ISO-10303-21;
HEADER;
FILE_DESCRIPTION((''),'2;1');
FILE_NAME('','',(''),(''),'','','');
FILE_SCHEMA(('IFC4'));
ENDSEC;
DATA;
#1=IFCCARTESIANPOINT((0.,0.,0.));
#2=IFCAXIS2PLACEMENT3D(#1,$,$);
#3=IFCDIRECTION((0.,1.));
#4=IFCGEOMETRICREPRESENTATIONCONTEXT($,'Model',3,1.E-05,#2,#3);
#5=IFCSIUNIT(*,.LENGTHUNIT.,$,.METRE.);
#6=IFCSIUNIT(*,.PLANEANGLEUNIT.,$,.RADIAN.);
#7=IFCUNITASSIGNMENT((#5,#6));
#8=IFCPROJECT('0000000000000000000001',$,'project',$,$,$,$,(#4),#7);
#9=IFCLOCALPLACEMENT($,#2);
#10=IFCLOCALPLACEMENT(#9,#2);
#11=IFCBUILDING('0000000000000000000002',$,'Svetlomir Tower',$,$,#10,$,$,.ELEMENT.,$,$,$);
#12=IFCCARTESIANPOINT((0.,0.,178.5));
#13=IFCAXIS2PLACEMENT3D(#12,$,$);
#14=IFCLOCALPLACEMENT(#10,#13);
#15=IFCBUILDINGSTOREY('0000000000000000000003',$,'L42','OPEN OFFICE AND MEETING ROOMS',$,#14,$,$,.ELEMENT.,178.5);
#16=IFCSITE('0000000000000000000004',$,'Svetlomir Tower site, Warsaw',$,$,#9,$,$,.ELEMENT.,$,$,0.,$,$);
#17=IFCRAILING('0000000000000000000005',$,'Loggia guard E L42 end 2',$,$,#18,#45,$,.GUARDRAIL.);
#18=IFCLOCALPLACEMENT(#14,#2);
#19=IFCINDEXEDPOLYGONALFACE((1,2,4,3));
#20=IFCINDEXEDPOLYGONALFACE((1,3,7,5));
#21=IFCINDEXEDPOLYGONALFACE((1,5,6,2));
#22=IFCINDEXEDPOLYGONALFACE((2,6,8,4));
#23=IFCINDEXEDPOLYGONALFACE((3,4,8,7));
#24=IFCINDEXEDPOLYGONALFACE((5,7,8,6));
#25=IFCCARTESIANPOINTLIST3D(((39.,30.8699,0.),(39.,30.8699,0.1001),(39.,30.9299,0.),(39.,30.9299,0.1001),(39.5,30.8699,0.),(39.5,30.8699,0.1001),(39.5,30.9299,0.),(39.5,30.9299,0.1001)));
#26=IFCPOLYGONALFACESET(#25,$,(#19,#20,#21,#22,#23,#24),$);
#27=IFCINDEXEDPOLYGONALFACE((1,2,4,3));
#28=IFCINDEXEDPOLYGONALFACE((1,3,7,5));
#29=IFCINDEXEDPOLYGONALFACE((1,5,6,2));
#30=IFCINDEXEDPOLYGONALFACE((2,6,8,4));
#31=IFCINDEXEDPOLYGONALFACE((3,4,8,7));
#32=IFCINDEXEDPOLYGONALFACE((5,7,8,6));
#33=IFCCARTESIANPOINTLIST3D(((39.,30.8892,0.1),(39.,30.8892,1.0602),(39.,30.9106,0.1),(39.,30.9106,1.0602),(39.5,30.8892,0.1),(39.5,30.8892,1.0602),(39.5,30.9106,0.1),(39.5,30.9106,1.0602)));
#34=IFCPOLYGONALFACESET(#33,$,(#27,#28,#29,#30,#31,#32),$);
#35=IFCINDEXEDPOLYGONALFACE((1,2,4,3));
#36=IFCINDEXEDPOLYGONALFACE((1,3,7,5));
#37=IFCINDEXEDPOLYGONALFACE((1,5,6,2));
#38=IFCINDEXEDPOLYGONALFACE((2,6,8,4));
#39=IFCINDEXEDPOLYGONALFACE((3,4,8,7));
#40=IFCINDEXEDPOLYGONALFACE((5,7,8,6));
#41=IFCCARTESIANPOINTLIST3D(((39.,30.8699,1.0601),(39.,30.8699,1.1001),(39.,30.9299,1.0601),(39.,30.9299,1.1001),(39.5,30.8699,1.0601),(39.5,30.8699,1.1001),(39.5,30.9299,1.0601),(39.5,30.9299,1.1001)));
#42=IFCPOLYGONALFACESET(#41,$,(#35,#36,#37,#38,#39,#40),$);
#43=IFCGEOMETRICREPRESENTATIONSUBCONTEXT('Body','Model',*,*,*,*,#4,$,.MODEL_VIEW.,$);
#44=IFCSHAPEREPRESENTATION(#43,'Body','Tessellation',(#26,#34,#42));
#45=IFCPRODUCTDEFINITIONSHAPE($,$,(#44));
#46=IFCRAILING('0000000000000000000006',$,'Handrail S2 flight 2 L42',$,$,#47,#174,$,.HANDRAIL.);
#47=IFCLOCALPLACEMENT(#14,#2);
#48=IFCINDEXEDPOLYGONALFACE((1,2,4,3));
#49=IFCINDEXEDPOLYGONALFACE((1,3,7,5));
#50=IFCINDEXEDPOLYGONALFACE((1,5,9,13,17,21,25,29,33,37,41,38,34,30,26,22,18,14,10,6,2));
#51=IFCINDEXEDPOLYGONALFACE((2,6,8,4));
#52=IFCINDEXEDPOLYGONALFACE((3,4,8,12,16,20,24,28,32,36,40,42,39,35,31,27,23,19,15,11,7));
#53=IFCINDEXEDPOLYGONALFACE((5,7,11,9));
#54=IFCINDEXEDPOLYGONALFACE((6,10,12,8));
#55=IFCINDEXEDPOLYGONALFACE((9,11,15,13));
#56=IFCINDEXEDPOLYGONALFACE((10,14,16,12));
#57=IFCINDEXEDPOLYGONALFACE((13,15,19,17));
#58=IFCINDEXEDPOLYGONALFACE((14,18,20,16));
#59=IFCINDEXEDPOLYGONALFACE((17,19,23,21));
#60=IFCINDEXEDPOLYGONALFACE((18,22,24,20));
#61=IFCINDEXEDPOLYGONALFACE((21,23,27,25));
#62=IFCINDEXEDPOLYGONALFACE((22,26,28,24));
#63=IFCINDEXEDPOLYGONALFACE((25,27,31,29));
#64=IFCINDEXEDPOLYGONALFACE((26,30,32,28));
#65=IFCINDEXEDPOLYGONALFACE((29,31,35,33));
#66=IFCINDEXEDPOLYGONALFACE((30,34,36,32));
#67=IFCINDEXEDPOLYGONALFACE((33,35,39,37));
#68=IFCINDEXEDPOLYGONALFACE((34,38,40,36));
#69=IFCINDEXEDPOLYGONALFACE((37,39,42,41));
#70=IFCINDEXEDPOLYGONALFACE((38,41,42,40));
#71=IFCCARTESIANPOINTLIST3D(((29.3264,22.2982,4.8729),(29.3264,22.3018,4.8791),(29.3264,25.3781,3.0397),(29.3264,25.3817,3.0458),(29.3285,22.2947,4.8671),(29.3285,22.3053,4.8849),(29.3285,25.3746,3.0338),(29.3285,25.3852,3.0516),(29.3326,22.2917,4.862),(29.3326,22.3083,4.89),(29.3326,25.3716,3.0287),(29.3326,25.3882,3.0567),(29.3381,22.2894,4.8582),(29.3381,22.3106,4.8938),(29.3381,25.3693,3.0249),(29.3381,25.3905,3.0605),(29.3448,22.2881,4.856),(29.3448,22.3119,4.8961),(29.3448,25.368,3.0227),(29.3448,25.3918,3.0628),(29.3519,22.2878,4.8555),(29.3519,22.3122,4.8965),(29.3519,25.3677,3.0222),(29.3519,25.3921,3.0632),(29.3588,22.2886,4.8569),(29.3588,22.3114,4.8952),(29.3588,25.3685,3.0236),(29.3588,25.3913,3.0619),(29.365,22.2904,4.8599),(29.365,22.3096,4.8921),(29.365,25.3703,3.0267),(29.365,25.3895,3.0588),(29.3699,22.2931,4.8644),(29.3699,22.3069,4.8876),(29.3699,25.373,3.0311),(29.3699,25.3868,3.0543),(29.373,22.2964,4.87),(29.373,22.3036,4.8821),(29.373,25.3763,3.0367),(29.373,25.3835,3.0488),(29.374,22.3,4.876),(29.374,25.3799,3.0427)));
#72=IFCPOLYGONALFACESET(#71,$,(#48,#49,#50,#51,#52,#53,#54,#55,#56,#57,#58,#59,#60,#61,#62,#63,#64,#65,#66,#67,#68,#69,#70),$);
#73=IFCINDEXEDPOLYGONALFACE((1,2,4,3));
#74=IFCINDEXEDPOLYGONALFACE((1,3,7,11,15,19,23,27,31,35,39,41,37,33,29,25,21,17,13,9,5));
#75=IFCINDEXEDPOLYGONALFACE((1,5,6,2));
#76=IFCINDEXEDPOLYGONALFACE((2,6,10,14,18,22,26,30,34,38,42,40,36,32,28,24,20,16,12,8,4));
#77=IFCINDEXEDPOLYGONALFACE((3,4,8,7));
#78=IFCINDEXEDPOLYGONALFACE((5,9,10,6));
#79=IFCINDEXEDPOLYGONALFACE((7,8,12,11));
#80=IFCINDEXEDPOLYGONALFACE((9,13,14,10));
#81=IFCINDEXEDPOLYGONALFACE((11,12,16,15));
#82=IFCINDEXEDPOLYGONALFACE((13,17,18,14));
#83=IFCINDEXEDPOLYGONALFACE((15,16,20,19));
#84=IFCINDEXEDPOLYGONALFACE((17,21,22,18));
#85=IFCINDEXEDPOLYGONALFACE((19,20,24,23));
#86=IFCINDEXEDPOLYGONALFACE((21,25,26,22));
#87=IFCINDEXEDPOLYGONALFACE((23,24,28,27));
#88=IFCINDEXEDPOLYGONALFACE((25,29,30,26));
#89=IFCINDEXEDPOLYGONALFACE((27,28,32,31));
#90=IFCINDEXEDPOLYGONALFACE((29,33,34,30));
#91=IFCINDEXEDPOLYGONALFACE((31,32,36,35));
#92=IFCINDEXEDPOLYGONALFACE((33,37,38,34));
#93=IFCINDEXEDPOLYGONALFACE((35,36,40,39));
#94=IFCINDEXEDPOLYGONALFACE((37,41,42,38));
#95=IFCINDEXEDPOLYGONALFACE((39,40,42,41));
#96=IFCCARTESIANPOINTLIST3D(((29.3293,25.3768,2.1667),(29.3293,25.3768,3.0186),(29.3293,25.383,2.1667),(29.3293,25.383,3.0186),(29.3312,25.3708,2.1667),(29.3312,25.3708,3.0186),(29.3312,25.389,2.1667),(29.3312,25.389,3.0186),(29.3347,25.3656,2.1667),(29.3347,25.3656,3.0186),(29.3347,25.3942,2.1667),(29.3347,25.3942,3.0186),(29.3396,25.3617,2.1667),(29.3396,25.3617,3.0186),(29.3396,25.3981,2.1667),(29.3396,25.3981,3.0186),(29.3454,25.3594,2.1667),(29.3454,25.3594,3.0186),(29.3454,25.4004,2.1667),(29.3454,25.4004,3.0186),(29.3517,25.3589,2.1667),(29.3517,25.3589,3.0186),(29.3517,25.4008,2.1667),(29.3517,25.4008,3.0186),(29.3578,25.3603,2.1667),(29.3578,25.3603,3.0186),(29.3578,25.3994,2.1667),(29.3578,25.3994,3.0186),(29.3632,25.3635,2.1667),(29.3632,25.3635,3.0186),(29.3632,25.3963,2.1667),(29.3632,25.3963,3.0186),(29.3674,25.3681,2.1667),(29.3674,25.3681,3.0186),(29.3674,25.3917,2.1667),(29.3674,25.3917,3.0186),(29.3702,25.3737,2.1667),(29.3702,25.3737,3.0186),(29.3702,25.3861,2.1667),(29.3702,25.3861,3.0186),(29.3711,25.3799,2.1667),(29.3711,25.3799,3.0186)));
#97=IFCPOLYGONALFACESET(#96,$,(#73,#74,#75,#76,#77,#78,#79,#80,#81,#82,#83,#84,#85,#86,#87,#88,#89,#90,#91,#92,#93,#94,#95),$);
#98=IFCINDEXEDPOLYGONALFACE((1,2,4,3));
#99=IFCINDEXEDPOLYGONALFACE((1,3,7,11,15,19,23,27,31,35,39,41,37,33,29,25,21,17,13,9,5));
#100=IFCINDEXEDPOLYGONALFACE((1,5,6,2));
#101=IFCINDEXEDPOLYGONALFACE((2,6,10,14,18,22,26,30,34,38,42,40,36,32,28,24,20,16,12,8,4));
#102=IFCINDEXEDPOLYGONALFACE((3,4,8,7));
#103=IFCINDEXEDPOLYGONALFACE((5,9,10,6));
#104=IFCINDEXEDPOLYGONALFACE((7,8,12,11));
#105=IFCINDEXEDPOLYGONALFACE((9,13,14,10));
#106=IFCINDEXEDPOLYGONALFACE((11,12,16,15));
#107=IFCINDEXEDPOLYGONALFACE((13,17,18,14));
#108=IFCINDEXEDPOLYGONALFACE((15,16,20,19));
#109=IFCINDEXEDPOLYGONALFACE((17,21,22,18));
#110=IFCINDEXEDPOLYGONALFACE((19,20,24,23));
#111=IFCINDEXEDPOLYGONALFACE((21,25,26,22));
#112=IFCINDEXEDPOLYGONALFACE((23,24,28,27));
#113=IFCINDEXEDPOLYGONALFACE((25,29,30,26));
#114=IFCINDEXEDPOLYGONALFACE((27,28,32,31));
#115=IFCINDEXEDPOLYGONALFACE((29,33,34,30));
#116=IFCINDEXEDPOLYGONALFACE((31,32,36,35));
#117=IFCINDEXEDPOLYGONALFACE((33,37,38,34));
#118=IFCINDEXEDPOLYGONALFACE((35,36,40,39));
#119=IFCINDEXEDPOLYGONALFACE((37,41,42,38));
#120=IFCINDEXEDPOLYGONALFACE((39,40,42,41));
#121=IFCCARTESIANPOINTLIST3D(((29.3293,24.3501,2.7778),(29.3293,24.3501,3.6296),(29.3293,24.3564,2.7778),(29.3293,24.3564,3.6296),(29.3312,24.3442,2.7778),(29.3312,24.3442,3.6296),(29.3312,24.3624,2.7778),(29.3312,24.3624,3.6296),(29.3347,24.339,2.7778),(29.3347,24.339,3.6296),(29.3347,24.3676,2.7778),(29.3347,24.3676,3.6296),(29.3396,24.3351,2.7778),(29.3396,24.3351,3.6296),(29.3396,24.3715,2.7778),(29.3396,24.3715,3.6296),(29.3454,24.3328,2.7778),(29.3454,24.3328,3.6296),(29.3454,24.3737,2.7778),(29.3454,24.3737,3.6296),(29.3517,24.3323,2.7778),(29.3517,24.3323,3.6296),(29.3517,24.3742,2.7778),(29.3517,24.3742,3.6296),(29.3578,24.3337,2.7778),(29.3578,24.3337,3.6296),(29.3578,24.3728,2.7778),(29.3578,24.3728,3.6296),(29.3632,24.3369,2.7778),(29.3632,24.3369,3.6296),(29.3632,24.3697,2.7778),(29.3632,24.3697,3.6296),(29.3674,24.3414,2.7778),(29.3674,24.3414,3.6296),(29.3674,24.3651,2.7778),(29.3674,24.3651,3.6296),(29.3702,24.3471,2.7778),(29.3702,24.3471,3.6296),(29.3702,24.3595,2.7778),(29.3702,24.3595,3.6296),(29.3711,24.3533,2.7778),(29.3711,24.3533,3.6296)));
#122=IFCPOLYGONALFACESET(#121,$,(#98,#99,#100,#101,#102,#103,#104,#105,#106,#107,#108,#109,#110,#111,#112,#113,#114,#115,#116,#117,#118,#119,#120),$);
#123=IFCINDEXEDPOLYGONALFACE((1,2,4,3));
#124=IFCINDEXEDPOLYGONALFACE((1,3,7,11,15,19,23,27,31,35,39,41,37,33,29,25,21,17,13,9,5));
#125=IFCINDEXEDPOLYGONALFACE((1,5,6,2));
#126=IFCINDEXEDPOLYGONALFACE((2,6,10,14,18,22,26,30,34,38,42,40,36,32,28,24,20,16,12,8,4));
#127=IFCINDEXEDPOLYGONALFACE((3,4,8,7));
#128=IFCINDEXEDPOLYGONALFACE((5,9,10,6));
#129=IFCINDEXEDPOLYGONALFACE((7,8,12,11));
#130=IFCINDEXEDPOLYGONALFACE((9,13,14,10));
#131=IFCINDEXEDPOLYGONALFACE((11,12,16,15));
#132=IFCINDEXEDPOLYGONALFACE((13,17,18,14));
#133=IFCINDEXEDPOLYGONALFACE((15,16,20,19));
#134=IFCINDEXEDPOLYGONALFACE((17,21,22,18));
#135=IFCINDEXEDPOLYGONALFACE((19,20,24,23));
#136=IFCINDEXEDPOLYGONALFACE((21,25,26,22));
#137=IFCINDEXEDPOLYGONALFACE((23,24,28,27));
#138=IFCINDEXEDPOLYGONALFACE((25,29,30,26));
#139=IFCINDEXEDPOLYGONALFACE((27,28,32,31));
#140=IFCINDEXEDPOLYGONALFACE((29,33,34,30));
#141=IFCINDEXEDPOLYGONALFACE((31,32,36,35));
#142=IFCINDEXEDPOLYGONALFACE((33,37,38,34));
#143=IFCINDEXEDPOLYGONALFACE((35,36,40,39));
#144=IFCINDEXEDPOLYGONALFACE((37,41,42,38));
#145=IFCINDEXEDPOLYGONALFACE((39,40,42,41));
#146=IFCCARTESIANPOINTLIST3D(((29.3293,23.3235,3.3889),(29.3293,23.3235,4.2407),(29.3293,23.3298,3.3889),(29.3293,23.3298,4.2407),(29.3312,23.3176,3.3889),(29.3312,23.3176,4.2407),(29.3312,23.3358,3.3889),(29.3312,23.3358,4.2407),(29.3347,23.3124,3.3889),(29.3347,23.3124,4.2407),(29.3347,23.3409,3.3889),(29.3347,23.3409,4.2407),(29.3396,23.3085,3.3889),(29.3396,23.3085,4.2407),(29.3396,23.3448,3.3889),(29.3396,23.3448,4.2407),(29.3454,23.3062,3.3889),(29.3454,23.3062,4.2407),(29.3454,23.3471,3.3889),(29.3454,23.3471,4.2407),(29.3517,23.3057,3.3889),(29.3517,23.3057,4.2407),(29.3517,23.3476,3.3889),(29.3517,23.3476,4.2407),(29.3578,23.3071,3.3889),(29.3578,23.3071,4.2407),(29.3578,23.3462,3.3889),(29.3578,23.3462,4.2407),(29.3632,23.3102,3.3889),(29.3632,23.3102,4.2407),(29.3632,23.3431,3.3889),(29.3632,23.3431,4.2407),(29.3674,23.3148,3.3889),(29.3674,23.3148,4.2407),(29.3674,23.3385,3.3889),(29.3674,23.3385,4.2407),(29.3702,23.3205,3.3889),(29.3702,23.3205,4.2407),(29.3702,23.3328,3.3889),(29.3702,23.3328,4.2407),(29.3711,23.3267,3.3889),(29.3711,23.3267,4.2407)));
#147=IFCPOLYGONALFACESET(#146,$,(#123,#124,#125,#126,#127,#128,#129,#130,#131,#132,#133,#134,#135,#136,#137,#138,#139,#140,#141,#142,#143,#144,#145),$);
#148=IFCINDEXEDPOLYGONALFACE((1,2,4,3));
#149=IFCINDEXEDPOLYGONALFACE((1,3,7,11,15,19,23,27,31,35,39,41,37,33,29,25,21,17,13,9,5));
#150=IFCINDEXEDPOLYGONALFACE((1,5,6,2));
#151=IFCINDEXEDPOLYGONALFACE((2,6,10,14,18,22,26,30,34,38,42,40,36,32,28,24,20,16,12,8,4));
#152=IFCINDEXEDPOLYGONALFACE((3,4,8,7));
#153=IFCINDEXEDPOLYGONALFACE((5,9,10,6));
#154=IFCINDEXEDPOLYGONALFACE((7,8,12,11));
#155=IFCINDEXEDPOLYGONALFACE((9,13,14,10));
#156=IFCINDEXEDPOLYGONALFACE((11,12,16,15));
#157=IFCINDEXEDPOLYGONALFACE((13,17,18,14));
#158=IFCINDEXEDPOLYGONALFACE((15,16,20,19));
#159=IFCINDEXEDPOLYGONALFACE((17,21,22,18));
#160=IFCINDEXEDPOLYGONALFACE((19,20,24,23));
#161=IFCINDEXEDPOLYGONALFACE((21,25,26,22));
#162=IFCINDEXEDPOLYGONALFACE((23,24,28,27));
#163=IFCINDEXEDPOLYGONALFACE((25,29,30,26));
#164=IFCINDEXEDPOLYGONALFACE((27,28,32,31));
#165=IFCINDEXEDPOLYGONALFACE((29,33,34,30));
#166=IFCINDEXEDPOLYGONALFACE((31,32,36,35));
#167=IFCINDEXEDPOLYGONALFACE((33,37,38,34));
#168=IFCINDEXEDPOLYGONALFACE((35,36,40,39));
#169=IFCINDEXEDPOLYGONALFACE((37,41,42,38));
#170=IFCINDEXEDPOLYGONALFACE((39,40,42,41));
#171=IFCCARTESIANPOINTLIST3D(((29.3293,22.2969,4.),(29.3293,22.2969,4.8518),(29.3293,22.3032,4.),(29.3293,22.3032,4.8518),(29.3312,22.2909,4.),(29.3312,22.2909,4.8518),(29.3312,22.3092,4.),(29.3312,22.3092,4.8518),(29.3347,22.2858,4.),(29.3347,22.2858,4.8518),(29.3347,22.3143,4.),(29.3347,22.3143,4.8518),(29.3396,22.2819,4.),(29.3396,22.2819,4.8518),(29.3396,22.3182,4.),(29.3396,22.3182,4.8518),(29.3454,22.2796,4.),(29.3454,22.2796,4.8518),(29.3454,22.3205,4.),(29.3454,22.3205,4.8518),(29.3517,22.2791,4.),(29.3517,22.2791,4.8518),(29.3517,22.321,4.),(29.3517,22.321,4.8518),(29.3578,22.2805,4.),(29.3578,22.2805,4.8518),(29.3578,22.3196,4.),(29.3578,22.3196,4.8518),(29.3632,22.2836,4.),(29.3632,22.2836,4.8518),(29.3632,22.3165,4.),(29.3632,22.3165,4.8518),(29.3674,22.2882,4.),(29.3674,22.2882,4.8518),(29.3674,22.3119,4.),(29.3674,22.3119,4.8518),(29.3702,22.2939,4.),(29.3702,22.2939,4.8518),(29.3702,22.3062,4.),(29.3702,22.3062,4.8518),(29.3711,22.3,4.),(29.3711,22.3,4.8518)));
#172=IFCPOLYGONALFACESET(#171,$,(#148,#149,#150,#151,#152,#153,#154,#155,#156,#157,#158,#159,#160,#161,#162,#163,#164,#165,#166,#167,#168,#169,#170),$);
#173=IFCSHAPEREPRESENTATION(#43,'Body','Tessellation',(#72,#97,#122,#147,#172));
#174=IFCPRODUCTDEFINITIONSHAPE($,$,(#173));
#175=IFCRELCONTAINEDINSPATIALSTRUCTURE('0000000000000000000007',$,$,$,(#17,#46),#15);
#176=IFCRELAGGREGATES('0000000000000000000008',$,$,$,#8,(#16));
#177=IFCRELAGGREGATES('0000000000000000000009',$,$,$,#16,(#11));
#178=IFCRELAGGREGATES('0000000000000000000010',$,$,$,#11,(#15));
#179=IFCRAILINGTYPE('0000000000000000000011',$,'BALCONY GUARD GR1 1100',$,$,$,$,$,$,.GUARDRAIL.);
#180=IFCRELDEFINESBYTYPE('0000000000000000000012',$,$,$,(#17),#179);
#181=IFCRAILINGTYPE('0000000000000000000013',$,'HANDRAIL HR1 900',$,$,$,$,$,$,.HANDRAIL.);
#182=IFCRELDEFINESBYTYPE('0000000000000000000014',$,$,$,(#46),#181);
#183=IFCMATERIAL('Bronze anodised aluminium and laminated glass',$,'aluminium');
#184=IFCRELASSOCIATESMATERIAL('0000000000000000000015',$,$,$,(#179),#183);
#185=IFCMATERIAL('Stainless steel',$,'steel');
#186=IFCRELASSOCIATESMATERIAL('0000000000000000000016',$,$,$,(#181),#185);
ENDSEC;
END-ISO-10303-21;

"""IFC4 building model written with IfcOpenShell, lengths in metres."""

from ifc_helpers import new_model, si_unit, direction, frame, origin, origin_2d, place, context, subcontext, project, spatial, rectangle, circle, extrude, material, type_object, element, save


model = new_model("IFC4")

# Units and contexts
model_context = context("Model", 3, precision=1e-05, world=origin(), true_north=direction((0.0, 1.0)))
body_context = subcontext(model_context, "Body", "Model", "MODEL_VIEW")
ifc_project = project(units=[si_unit("LENGTHUNIT", "METRE"), si_unit("PLANEANGLEUNIT", "RADIAN")], contexts=[model_context])

# Site, building, storey
site_placement = place(None, origin())
site = spatial("IfcSite", under=ifc_project, at=site_placement, Name="Svetlomir Tower site, Warsaw", CompositionType="ELEMENT", RefElevation=0.0)
building_placement = place(site_placement, origin())
building = spatial("IfcBuilding", under=site, at=building_placement, Name="Svetlomir Tower", CompositionType="ELEMENT")
storey_placement = place(building_placement, frame((0.0, 0.0, 178.5)))
storey = spatial("IfcBuildingStorey", under=building, at=storey_placement, Name="L42", Description="OPEN OFFICE AND MEETING ROOMS", CompositionType="ELEMENT", Elevation=178.5)

# Railings
ifc_material_1 = material(Name="Bronze anodised aluminium and laminated glass", Category="aluminium")
railing_type_1 = type_object("IfcRailingType", Name="BALCONY GUARD GR1 1100", PredefinedType="GUARDRAIL", material=ifc_material_1)
railing_1_placement = place(storey_placement, frame((39.5, 30.8999, 0.0)))
element("IfcRailing", 1, at=railing_1_placement, inside=storey, type_object=railing_type_1, Name="Loggia guard E L42 end 2", PredefinedType="GUARDRAIL", context=body_context, shape_type="SweptSolid", body=[
    extrude(rectangle(XDim=0.0601, YDim=0.1001, at=origin_2d()), frame((0.0, 0.0, 0.05), z_axis=(-1.0, 0.0, 0.0), x_axis=(0.0, -1.0, 0.0)), (0.0, 0.0, 1.0), 0.5),
    extrude(rectangle(XDim=0.0215, YDim=0.9602, at=origin_2d()), frame((0.0, 0.0, 0.5801), z_axis=(-1.0, 0.0, 0.0), x_axis=(0.0, -1.0, 0.0)), (0.0, 0.0, 1.0), 0.5),
    extrude(rectangle(XDim=0.0601, YDim=0.04, at=origin_2d()), frame((0.0, 0.0, 1.0801), z_axis=(-1.0, 0.0, 0.0), x_axis=(0.0, -1.0, 0.0)), (0.0, 0.0, 1.0), 0.5),
])
ifc_material_2 = material(Name="Stainless steel", Category="steel")
railing_type_2 = type_object("IfcRailingType", Name="HANDRAIL HR1 900", PredefinedType="HANDRAIL", material=ifc_material_2)
railing_2_placement = place(storey_placement, frame((29.3501, 25.3799, 2.1667)))
element("IfcRailing", 2, at=railing_2_placement, inside=storey, type_object=railing_type_2, Name="Handrail S2 flight 2 L42", PredefinedType="HANDRAIL", context=body_context, shape_type="SweptSolid", body=[
    extrude(circle(Radius=0.0239, at=origin_2d()), frame((0.0, 0.0, 0.876), z_axis=(0.0, -0.859291, 0.511487), x_axis=(1.0, 0.0, 0.0)), (0.0, 0.0, 1.0), 3.5842),
    extrude(circle(Radius=0.021, at=origin_2d()), origin(), (0.0, 0.0, 1.0), 0.8518),
    extrude(circle(Radius=0.021, at=origin_2d()), frame((0.0, -1.0266, 0.6111)), (0.0, 0.0, 1.0), 0.8518),
    extrude(circle(Radius=0.021, at=origin_2d()), frame((0.0, -2.0532, 1.2222)), (0.0, 0.0, 1.0), 0.8518),
    extrude(circle(Radius=0.021, at=origin_2d()), frame((0.0, -3.0798, 1.8333)), (0.0, 0.0, 1.0), 0.8518),
])

save(model, "model.ifc")
